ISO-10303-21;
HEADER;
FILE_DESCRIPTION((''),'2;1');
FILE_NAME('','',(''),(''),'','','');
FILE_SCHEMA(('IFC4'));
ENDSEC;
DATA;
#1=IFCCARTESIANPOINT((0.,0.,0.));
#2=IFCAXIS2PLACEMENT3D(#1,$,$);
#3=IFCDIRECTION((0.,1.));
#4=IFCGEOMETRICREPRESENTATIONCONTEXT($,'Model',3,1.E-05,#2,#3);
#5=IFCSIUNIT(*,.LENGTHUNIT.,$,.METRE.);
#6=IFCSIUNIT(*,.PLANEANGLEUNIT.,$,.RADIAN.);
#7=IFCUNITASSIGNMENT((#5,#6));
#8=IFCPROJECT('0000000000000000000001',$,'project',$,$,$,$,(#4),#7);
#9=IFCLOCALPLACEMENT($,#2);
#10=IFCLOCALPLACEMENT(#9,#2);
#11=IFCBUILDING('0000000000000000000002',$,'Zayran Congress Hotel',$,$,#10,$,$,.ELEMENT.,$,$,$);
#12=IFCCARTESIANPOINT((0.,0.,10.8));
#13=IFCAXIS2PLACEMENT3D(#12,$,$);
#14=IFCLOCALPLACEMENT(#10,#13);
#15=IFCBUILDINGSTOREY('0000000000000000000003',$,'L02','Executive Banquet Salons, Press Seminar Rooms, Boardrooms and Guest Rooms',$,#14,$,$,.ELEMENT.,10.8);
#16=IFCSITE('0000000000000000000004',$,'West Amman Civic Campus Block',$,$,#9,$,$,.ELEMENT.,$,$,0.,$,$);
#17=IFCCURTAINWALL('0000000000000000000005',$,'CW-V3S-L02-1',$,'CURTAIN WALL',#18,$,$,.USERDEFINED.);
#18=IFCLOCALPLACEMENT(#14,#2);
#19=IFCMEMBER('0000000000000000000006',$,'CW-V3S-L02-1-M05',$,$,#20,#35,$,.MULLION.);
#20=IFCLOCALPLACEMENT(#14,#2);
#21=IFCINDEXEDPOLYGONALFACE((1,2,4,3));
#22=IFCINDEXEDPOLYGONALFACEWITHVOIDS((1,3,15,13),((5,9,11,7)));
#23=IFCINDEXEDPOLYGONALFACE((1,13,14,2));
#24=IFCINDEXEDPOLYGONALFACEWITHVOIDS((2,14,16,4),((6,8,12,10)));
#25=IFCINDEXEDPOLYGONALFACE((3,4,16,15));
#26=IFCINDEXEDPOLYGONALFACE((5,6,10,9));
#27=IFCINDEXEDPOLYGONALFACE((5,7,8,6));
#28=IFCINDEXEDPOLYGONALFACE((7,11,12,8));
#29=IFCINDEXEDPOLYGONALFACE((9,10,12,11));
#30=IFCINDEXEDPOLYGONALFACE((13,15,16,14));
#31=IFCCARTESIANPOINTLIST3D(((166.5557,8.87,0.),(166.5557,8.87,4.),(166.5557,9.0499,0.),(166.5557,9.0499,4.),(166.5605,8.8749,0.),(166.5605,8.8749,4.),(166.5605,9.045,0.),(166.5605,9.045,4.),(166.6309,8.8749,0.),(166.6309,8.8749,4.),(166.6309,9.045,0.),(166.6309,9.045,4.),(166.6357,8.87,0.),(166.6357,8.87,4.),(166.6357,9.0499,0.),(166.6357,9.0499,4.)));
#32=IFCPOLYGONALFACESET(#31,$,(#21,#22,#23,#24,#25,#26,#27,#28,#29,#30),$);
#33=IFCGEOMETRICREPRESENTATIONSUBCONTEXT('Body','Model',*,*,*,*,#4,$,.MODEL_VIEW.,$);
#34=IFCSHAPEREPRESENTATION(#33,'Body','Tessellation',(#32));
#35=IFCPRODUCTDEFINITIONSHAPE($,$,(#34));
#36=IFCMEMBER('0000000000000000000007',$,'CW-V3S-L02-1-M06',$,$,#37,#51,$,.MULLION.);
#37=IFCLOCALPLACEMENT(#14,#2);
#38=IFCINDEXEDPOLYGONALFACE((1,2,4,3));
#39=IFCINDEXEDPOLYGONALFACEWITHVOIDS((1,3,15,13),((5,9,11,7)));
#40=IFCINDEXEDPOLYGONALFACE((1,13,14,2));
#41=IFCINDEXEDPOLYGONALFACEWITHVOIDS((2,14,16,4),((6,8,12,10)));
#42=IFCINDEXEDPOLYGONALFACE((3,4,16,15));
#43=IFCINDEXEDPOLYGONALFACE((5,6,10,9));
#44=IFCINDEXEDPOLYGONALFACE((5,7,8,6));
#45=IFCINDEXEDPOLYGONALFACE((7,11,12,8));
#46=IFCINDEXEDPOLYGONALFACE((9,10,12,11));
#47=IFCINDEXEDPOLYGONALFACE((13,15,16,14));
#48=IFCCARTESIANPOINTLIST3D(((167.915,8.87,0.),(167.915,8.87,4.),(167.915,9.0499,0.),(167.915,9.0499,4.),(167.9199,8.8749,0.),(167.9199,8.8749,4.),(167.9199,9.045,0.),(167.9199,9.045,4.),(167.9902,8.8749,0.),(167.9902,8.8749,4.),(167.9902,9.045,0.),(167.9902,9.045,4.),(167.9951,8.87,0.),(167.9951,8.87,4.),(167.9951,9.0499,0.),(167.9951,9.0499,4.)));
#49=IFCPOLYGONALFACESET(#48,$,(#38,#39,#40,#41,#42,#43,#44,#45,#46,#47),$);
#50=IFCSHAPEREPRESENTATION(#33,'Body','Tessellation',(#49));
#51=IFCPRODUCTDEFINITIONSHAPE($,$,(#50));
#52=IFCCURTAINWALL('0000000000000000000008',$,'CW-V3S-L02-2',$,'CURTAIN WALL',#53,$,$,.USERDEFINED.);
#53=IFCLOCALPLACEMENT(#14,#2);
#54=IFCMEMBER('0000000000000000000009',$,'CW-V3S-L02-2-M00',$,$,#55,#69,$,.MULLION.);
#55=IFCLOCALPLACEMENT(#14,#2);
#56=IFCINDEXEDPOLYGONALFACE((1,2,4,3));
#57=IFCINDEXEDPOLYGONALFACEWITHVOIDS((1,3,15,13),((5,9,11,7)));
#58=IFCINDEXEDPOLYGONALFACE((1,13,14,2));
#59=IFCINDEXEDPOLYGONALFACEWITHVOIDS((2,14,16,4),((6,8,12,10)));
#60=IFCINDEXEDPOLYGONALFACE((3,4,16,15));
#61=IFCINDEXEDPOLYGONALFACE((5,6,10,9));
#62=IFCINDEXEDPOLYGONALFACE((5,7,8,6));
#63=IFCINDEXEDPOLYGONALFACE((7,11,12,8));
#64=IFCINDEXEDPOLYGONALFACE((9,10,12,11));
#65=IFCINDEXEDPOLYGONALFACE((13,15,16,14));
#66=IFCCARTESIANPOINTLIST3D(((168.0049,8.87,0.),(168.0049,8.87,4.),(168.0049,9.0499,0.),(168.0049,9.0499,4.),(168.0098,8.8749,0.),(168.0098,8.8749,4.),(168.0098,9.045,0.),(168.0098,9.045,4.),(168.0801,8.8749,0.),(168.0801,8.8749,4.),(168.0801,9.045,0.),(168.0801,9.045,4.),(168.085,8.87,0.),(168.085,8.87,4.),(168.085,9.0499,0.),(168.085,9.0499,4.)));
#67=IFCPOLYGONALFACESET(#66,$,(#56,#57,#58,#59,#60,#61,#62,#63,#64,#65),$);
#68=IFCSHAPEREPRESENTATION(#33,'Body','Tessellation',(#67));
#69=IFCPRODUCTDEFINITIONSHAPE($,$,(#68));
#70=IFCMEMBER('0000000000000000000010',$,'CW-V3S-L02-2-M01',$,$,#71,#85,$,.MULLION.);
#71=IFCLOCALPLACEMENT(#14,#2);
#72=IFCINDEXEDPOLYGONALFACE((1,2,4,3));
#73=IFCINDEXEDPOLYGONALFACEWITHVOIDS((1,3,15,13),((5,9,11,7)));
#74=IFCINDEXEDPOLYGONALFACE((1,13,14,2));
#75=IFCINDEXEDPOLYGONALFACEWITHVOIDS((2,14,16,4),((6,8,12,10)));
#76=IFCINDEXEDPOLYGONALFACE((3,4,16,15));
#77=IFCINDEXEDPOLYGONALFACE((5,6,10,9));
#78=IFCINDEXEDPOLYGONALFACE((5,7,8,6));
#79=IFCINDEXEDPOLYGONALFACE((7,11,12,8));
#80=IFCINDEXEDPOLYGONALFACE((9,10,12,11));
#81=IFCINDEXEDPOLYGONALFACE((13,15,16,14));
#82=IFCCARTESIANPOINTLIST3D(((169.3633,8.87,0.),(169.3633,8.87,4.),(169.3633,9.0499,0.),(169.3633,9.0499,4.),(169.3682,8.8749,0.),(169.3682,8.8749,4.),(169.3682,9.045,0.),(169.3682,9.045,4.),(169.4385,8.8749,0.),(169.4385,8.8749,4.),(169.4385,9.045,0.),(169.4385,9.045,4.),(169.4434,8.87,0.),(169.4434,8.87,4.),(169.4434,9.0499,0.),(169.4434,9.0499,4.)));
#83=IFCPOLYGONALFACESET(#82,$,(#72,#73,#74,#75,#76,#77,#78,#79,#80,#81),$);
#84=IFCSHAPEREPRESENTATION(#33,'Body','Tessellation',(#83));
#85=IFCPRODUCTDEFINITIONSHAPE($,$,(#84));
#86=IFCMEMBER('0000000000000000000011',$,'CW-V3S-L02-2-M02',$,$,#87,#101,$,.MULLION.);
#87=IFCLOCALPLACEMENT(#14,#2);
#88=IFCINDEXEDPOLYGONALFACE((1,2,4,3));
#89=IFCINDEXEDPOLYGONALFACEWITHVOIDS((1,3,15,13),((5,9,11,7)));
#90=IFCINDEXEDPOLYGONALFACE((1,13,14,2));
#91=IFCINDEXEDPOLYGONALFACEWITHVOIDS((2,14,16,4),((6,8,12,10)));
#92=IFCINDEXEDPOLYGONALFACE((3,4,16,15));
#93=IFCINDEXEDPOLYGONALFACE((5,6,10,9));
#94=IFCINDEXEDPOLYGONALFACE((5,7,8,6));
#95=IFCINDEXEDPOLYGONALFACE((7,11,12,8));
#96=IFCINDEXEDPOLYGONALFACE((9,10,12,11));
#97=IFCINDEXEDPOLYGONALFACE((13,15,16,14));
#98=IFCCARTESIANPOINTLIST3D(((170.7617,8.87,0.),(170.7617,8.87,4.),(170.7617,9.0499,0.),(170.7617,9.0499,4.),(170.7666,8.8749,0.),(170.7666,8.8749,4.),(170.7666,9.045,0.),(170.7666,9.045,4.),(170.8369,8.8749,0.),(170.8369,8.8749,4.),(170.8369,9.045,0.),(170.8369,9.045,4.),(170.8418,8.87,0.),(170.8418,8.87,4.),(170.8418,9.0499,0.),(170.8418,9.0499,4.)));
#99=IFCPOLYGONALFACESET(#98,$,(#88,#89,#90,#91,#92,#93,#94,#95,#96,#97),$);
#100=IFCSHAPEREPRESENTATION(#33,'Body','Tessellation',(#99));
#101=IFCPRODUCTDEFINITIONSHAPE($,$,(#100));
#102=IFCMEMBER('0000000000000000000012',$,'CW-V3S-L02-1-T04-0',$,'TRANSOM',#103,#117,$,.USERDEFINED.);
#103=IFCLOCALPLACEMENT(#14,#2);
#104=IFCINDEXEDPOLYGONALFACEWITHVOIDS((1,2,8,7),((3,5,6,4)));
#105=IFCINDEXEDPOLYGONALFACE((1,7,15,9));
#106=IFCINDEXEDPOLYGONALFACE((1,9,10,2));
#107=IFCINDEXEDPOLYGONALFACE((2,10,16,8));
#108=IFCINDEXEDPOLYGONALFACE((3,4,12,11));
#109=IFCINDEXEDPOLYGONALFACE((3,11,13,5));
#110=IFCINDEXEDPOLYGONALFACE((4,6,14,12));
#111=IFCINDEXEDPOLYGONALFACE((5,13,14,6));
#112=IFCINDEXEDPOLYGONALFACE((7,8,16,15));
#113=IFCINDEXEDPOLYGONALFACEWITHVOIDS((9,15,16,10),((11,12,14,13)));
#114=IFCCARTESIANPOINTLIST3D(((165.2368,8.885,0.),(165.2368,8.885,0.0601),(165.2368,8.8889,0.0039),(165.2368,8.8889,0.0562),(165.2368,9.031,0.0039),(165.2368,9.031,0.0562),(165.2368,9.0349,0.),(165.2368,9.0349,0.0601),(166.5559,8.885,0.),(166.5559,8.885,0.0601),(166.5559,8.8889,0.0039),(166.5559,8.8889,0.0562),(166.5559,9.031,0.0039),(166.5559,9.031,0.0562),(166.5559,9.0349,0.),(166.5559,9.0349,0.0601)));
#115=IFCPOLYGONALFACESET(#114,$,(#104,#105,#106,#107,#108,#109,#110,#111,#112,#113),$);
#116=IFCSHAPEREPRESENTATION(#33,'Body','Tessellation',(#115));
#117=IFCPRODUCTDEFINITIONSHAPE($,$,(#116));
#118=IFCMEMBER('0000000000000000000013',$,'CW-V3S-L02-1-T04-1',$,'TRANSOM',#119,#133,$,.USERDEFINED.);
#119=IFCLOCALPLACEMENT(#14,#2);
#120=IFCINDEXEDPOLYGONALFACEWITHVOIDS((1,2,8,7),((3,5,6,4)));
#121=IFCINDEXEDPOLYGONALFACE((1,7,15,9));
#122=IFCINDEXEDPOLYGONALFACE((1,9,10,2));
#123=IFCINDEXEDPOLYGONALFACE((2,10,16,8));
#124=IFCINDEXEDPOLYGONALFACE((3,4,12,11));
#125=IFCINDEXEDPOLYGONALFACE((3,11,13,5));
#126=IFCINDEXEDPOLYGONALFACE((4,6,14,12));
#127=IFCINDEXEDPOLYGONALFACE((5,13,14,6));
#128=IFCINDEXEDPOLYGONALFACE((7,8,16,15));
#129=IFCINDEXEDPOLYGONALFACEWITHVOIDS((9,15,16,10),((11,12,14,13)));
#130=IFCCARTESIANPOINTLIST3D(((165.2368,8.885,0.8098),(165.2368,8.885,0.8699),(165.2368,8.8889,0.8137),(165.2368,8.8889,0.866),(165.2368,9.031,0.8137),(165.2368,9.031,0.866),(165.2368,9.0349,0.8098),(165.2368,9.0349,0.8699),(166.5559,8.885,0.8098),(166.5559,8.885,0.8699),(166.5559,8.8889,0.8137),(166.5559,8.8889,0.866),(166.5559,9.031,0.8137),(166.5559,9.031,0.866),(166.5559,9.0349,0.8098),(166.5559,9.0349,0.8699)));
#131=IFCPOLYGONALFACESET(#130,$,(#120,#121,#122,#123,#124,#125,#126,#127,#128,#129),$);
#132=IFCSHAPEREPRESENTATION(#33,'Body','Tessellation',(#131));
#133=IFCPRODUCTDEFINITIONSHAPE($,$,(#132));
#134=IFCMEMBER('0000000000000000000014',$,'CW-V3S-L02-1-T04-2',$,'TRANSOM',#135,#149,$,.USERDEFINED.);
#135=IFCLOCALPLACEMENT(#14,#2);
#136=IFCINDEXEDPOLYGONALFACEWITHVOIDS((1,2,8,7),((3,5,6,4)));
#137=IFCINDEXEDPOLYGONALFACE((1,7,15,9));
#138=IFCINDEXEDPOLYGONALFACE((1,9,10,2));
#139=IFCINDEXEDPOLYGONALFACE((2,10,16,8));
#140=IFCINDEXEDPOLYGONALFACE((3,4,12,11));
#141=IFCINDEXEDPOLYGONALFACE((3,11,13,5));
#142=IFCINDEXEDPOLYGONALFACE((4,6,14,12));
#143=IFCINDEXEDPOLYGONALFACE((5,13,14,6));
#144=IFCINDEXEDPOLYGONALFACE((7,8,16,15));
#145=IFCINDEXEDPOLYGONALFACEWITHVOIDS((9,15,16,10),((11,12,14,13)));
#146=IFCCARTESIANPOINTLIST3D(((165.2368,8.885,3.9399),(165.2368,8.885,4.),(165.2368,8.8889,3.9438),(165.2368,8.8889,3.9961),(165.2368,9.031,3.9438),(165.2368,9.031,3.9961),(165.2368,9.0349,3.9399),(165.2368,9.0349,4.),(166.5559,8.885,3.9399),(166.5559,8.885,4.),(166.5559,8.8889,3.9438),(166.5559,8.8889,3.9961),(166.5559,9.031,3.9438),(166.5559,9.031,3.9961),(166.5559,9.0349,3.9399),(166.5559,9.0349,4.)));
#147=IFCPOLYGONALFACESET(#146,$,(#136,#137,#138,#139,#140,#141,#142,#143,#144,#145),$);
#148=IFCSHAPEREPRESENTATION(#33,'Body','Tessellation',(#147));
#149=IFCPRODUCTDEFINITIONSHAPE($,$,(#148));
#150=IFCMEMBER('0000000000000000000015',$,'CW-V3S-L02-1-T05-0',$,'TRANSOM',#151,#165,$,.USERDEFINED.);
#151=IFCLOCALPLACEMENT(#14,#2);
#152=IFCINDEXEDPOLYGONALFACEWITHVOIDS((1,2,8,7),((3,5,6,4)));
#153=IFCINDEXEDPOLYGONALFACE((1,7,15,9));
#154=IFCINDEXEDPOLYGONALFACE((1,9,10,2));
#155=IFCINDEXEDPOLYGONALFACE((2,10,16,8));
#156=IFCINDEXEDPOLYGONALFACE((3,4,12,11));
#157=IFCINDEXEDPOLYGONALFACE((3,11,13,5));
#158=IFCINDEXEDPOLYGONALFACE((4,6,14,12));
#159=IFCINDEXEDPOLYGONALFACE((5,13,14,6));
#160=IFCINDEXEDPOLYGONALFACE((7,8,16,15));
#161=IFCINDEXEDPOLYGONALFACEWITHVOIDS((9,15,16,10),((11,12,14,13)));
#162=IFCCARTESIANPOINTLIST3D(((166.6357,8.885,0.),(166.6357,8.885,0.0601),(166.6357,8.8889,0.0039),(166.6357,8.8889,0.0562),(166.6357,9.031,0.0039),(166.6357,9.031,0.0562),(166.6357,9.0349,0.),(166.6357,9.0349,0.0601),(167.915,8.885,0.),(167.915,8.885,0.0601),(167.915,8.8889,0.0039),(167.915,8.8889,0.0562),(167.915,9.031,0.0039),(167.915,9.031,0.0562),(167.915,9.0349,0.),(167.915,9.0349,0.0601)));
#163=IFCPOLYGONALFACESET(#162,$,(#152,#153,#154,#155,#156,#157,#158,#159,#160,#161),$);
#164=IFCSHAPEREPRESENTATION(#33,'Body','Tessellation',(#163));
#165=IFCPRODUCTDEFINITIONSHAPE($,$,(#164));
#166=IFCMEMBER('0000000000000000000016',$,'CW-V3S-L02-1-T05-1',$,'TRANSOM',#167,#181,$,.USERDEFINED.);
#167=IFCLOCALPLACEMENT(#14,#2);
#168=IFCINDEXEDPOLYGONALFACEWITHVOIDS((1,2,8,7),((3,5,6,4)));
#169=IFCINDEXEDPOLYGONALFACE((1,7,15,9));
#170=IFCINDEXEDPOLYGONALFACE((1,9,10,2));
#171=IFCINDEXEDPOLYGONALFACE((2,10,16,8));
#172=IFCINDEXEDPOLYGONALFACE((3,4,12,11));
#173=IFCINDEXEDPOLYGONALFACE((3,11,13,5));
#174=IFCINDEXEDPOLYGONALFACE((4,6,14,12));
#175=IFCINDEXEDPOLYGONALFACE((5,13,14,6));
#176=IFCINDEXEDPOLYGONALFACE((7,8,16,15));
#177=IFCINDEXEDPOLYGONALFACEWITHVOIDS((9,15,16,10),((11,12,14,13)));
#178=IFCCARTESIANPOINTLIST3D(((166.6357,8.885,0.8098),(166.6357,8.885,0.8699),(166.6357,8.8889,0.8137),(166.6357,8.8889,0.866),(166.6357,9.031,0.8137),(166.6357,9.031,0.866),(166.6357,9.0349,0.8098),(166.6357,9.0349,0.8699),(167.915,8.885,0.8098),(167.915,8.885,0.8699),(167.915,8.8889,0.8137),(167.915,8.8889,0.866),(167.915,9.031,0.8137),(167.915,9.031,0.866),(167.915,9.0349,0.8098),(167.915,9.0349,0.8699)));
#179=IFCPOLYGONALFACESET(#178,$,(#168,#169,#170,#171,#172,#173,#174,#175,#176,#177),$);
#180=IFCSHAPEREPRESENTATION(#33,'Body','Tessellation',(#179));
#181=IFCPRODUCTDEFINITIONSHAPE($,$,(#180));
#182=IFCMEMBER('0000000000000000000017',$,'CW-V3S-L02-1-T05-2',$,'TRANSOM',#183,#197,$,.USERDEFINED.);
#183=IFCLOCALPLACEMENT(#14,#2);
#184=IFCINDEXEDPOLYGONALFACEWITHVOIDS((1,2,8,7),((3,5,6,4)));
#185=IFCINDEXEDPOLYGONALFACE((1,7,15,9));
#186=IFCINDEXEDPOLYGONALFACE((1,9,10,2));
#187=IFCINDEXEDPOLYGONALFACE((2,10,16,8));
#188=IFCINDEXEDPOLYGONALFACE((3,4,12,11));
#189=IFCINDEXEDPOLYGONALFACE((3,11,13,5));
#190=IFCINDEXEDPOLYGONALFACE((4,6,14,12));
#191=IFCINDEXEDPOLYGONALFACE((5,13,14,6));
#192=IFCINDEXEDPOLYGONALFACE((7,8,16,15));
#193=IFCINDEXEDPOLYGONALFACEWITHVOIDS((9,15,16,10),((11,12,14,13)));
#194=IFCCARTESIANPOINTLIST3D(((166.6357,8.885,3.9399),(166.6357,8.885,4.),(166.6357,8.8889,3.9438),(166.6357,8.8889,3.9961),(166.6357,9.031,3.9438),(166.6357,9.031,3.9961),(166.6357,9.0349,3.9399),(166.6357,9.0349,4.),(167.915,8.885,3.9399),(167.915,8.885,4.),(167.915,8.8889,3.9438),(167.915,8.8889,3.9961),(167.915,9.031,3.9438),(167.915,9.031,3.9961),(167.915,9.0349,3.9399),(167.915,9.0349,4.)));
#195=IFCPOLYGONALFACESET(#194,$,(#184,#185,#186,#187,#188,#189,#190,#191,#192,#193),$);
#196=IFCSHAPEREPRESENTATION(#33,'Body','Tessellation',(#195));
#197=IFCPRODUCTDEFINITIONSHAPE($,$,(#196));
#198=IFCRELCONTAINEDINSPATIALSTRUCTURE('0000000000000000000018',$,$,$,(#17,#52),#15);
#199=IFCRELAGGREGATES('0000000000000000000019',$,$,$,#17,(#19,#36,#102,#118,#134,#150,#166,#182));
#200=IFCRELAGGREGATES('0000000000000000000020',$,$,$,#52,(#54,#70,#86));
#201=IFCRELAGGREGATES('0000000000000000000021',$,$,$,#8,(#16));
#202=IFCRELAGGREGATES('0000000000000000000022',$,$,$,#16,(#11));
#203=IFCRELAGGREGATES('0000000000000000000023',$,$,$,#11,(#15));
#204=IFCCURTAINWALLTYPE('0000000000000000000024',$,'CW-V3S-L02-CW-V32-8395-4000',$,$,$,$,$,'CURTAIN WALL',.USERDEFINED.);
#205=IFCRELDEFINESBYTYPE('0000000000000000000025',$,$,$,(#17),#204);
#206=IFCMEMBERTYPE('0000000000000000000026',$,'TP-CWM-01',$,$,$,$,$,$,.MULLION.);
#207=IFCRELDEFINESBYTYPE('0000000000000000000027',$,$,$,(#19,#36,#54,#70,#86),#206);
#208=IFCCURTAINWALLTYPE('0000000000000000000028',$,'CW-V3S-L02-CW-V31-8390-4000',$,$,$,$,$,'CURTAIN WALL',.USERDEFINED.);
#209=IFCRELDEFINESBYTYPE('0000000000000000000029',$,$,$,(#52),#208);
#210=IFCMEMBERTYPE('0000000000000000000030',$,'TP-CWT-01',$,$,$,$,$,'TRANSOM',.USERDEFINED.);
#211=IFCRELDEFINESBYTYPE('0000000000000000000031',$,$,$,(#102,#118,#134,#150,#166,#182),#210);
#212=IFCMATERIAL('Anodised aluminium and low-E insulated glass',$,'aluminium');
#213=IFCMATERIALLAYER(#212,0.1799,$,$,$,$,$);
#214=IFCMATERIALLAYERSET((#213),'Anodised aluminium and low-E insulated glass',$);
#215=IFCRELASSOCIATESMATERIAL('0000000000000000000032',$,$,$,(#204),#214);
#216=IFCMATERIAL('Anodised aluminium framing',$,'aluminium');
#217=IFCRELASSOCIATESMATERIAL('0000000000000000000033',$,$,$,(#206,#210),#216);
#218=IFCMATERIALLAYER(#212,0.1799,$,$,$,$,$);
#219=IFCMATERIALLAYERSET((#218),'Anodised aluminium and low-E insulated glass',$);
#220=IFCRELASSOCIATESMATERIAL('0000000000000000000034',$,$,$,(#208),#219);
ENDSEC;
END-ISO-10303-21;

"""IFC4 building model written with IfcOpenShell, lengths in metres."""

from ifc_helpers import new_model, si_unit, direction, frame, origin, origin_2d, place, context, subcontext, project, spatial, hollow_rectangle, extrude, material, layer, layer_set, material_profile, profile_set, type_object, element, aggregate, save


model = new_model("IFC4")

# Units and contexts
model_context = context("Model", 3, precision=1e-05, world=origin(), true_north=direction((0.0, 1.0)))
body_context = subcontext(model_context, "Body", "Model", "MODEL_VIEW")
ifc_project = project(units=[si_unit("LENGTHUNIT", "METRE"), si_unit("PLANEANGLEUNIT", "RADIAN")], contexts=[model_context])

# Site, building, storey
site_placement = place(None, origin())
site = spatial("IfcSite", under=ifc_project, at=site_placement, Name="West Amman Civic Campus Block", CompositionType="ELEMENT", RefElevation=0.0)
building_placement = place(site_placement, origin())
building = spatial("IfcBuilding", under=site, at=building_placement, Name="Zayran Congress Hotel", CompositionType="ELEMENT")
storey_placement = place(building_placement, frame((0.0, 0.0, 10.8)))
storey = spatial("IfcBuildingStorey", under=building, at=storey_placement, Name="L02", Description="Executive Banquet Salons, Press Seminar Rooms, Boardrooms and Guest Rooms", CompositionType="ELEMENT", Elevation=10.8)

# Curtain walls, members
ifc_material_1 = material(Name="Anodised aluminium and low-E insulated glass", Category="aluminium")
ifc_layer_1 = layer(ifc_material_1, 0.1799)
ifc_layer_set_1 = layer_set([ifc_layer_1], Name="Anodised aluminium and low-E insulated glass")
curtain_wall_type_1 = type_object("IfcCurtainWallType", Name="CW-V3S-L02-CW-V32-8395-4000", ElementType="CURTAIN WALL", PredefinedType="USERDEFINED", material=ifc_layer_set_1)
curtain_wall_1_placement = place(storey_placement, origin())
curtain_wall_1 = element("IfcCurtainWall", 1, at=curtain_wall_1_placement, inside=storey, type_object=curtain_wall_type_1, Name="CW-V3S-L02-1", ObjectType="CURTAIN WALL", PredefinedType="USERDEFINED")
ifc_material_2 = material(Name="Anodised aluminium framing", Category="aluminium")
ifc_material_profile_1 = material_profile(ifc_material_2, hollow_rectangle(XDim=0.0801, YDim=0.1799, WallThickness=0.0049, at=origin_2d()), Name="RHS 180x80x5")
ifc_profile_set_1 = profile_set([ifc_material_profile_1], Name="Anodised aluminium framing")
member_type_1 = type_object("IfcMemberType", Name="TP-CWM-01", PredefinedType="MULLION", material=ifc_profile_set_1)
member_1_placement = place(storey_placement, frame((166.5957, 8.96, 0.0), z_axis=(0.0, 0.0, 1.0), x_axis=(1.0, 0.0, 0.0)))
member_1 = element("IfcMember", 2, at=member_1_placement, type_object=member_type_1, Name="CW-V3S-L02-1-M05", PredefinedType="MULLION", context=body_context, shape_type="SweptSolid", body=[
    extrude(hollow_rectangle(XDim=0.0801, YDim=0.1799, WallThickness=0.0049, at=origin_2d()), origin(), (0.0, 0.0, 1.0), 4.0),
])
member_2_placement = place(storey_placement, frame((167.9551, 8.96, 0.0), z_axis=(0.0, 0.0, 1.0), x_axis=(1.0, 0.0, 0.0)))
member_2 = element("IfcMember", 3, at=member_2_placement, type_object=member_type_1, Name="CW-V3S-L02-1-M06", PredefinedType="MULLION", context=body_context, shape_type="SweptSolid", body=[
    extrude(hollow_rectangle(XDim=0.0801, YDim=0.1799, WallThickness=0.0049, at=origin_2d()), origin(), (0.0, 0.0, 1.0), 4.0),
])
ifc_layer_2 = layer(ifc_material_1, 0.1799)
ifc_layer_set_2 = layer_set([ifc_layer_2], Name="Anodised aluminium and low-E insulated glass")
curtain_wall_type_2 = type_object("IfcCurtainWallType", Name="CW-V3S-L02-CW-V31-8390-4000", ElementType="CURTAIN WALL", PredefinedType="USERDEFINED", material=ifc_layer_set_2)
curtain_wall_2_placement = place(storey_placement, origin())
curtain_wall_2 = element("IfcCurtainWall", 4, at=curtain_wall_2_placement, inside=storey, type_object=curtain_wall_type_2, Name="CW-V3S-L02-2", ObjectType="CURTAIN WALL", PredefinedType="USERDEFINED")
member_3_placement = place(storey_placement, frame((168.0449, 8.96, 0.0), z_axis=(0.0, 0.0, 1.0), x_axis=(1.0, 0.0, 0.0)))
member_3 = element("IfcMember", 5, at=member_3_placement, type_object=member_type_1, Name="CW-V3S-L02-2-M00", PredefinedType="MULLION", context=body_context, shape_type="SweptSolid", body=[
    extrude(hollow_rectangle(XDim=0.0801, YDim=0.1799, WallThickness=0.0049, at=origin_2d()), origin(), (0.0, 0.0, 1.0), 4.0),
])
member_4_placement = place(storey_placement, frame((169.4033, 8.96, 0.0), z_axis=(0.0, 0.0, 1.0), x_axis=(1.0, 0.0, 0.0)))
member_4 = element("IfcMember", 6, at=member_4_placement, type_object=member_type_1, Name="CW-V3S-L02-2-M01", PredefinedType="MULLION", context=body_context, shape_type="SweptSolid", body=[
    extrude(hollow_rectangle(XDim=0.0801, YDim=0.1799, WallThickness=0.0049, at=origin_2d()), origin(), (0.0, 0.0, 1.0), 4.0),
])
member_5_placement = place(storey_placement, frame((170.8018, 8.96, 0.0), z_axis=(0.0, 0.0, 1.0), x_axis=(1.0, 0.0, 0.0)))
member_5 = element("IfcMember", 7, at=member_5_placement, type_object=member_type_1, Name="CW-V3S-L02-2-M02", PredefinedType="MULLION", context=body_context, shape_type="SweptSolid", body=[
    extrude(hollow_rectangle(XDim=0.0801, YDim=0.1799, WallThickness=0.0049, at=origin_2d()), origin(), (0.0, 0.0, 1.0), 4.0),
])

# Members
ifc_material_profile_2 = material_profile(ifc_material_2, hollow_rectangle(XDim=0.0601, YDim=0.1499, WallThickness=0.0039, at=origin_2d()), Name="RHS 150x60x4")
ifc_profile_set_2 = profile_set([ifc_material_profile_2], Name="Anodised aluminium framing")
member_type_2 = type_object("IfcMemberType", Name="TP-CWT-01", ElementType="TRANSOM", PredefinedType="USERDEFINED", material=ifc_profile_set_2)
member_6_placement = place(storey_placement, frame((165.2368, 8.96, 0.03), z_axis=(1.0, 0.0, 0.0), x_axis=(0.0, 0.0, 1.0)))
member_6 = element("IfcMember", 8, at=member_6_placement, type_object=member_type_2, Name="CW-V3S-L02-1-T04-0", ObjectType="TRANSOM", PredefinedType="USERDEFINED", context=body_context, shape_type="SweptSolid", body=[
    extrude(hollow_rectangle(XDim=0.0601, YDim=0.1499, WallThickness=0.0039, at=origin_2d()), origin(), (0.0, 0.0, 1.0), 1.3191),
])
member_7_placement = place(storey_placement, frame((165.2368, 8.96, 0.8398), z_axis=(1.0, 0.0, 0.0), x_axis=(0.0, 0.0, 1.0)))
member_7 = element("IfcMember", 9, at=member_7_placement, type_object=member_type_2, Name="CW-V3S-L02-1-T04-1", ObjectType="TRANSOM", PredefinedType="USERDEFINED", context=body_context, shape_type="SweptSolid", body=[
    extrude(hollow_rectangle(XDim=0.0601, YDim=0.1499, WallThickness=0.0039, at=origin_2d()), origin(), (0.0, 0.0, 1.0), 1.3191),
])
member_8_placement = place(storey_placement, frame((165.2368, 8.96, 3.97), z_axis=(1.0, 0.0, 0.0), x_axis=(0.0, 0.0, 1.0)))
member_8 = element("IfcMember", 10, at=member_8_placement, type_object=member_type_2, Name="CW-V3S-L02-1-T04-2", ObjectType="TRANSOM", PredefinedType="USERDEFINED", context=body_context, shape_type="SweptSolid", body=[
    extrude(hollow_rectangle(XDim=0.0601, YDim=0.1499, WallThickness=0.0039, at=origin_2d()), origin(), (0.0, 0.0, 1.0), 1.3191),
])
member_9_placement = place(storey_placement, frame((166.6357, 8.96, 0.03), z_axis=(1.0, 0.0, 0.0), x_axis=(0.0, 0.0, 1.0)))
member_9 = element("IfcMember", 11, at=member_9_placement, type_object=member_type_2, Name="CW-V3S-L02-1-T05-0", ObjectType="TRANSOM", PredefinedType="USERDEFINED", context=body_context, shape_type="SweptSolid", body=[
    extrude(hollow_rectangle(XDim=0.0601, YDim=0.1499, WallThickness=0.0039, at=origin_2d()), origin(), (0.0, 0.0, 1.0), 1.2793),
])
member_10_placement = place(storey_placement, frame((166.6357, 8.96, 0.8398), z_axis=(1.0, 0.0, 0.0), x_axis=(0.0, 0.0, 1.0)))
member_10 = element("IfcMember", 12, at=member_10_placement, type_object=member_type_2, Name="CW-V3S-L02-1-T05-1", ObjectType="TRANSOM", PredefinedType="USERDEFINED", context=body_context, shape_type="SweptSolid", body=[
    extrude(hollow_rectangle(XDim=0.0601, YDim=0.1499, WallThickness=0.0039, at=origin_2d()), origin(), (0.0, 0.0, 1.0), 1.2793),
])
member_11_placement = place(storey_placement, frame((166.6357, 8.96, 3.97), z_axis=(1.0, 0.0, 0.0), x_axis=(0.0, 0.0, 1.0)))
member_11 = element("IfcMember", 13, at=member_11_placement, type_object=member_type_2, Name="CW-V3S-L02-1-T05-2", ObjectType="TRANSOM", PredefinedType="USERDEFINED", context=body_context, shape_type="SweptSolid", body=[
    extrude(hollow_rectangle(XDim=0.0601, YDim=0.1499, WallThickness=0.0039, at=origin_2d()), origin(), (0.0, 0.0, 1.0), 1.2793),
])

aggregate(curtain_wall_1, [member_1, member_2, member_6, member_7, member_8, member_9, member_10, member_11])
aggregate(curtain_wall_2, [member_3, member_4, member_5])

save(model, "model.ifc")
